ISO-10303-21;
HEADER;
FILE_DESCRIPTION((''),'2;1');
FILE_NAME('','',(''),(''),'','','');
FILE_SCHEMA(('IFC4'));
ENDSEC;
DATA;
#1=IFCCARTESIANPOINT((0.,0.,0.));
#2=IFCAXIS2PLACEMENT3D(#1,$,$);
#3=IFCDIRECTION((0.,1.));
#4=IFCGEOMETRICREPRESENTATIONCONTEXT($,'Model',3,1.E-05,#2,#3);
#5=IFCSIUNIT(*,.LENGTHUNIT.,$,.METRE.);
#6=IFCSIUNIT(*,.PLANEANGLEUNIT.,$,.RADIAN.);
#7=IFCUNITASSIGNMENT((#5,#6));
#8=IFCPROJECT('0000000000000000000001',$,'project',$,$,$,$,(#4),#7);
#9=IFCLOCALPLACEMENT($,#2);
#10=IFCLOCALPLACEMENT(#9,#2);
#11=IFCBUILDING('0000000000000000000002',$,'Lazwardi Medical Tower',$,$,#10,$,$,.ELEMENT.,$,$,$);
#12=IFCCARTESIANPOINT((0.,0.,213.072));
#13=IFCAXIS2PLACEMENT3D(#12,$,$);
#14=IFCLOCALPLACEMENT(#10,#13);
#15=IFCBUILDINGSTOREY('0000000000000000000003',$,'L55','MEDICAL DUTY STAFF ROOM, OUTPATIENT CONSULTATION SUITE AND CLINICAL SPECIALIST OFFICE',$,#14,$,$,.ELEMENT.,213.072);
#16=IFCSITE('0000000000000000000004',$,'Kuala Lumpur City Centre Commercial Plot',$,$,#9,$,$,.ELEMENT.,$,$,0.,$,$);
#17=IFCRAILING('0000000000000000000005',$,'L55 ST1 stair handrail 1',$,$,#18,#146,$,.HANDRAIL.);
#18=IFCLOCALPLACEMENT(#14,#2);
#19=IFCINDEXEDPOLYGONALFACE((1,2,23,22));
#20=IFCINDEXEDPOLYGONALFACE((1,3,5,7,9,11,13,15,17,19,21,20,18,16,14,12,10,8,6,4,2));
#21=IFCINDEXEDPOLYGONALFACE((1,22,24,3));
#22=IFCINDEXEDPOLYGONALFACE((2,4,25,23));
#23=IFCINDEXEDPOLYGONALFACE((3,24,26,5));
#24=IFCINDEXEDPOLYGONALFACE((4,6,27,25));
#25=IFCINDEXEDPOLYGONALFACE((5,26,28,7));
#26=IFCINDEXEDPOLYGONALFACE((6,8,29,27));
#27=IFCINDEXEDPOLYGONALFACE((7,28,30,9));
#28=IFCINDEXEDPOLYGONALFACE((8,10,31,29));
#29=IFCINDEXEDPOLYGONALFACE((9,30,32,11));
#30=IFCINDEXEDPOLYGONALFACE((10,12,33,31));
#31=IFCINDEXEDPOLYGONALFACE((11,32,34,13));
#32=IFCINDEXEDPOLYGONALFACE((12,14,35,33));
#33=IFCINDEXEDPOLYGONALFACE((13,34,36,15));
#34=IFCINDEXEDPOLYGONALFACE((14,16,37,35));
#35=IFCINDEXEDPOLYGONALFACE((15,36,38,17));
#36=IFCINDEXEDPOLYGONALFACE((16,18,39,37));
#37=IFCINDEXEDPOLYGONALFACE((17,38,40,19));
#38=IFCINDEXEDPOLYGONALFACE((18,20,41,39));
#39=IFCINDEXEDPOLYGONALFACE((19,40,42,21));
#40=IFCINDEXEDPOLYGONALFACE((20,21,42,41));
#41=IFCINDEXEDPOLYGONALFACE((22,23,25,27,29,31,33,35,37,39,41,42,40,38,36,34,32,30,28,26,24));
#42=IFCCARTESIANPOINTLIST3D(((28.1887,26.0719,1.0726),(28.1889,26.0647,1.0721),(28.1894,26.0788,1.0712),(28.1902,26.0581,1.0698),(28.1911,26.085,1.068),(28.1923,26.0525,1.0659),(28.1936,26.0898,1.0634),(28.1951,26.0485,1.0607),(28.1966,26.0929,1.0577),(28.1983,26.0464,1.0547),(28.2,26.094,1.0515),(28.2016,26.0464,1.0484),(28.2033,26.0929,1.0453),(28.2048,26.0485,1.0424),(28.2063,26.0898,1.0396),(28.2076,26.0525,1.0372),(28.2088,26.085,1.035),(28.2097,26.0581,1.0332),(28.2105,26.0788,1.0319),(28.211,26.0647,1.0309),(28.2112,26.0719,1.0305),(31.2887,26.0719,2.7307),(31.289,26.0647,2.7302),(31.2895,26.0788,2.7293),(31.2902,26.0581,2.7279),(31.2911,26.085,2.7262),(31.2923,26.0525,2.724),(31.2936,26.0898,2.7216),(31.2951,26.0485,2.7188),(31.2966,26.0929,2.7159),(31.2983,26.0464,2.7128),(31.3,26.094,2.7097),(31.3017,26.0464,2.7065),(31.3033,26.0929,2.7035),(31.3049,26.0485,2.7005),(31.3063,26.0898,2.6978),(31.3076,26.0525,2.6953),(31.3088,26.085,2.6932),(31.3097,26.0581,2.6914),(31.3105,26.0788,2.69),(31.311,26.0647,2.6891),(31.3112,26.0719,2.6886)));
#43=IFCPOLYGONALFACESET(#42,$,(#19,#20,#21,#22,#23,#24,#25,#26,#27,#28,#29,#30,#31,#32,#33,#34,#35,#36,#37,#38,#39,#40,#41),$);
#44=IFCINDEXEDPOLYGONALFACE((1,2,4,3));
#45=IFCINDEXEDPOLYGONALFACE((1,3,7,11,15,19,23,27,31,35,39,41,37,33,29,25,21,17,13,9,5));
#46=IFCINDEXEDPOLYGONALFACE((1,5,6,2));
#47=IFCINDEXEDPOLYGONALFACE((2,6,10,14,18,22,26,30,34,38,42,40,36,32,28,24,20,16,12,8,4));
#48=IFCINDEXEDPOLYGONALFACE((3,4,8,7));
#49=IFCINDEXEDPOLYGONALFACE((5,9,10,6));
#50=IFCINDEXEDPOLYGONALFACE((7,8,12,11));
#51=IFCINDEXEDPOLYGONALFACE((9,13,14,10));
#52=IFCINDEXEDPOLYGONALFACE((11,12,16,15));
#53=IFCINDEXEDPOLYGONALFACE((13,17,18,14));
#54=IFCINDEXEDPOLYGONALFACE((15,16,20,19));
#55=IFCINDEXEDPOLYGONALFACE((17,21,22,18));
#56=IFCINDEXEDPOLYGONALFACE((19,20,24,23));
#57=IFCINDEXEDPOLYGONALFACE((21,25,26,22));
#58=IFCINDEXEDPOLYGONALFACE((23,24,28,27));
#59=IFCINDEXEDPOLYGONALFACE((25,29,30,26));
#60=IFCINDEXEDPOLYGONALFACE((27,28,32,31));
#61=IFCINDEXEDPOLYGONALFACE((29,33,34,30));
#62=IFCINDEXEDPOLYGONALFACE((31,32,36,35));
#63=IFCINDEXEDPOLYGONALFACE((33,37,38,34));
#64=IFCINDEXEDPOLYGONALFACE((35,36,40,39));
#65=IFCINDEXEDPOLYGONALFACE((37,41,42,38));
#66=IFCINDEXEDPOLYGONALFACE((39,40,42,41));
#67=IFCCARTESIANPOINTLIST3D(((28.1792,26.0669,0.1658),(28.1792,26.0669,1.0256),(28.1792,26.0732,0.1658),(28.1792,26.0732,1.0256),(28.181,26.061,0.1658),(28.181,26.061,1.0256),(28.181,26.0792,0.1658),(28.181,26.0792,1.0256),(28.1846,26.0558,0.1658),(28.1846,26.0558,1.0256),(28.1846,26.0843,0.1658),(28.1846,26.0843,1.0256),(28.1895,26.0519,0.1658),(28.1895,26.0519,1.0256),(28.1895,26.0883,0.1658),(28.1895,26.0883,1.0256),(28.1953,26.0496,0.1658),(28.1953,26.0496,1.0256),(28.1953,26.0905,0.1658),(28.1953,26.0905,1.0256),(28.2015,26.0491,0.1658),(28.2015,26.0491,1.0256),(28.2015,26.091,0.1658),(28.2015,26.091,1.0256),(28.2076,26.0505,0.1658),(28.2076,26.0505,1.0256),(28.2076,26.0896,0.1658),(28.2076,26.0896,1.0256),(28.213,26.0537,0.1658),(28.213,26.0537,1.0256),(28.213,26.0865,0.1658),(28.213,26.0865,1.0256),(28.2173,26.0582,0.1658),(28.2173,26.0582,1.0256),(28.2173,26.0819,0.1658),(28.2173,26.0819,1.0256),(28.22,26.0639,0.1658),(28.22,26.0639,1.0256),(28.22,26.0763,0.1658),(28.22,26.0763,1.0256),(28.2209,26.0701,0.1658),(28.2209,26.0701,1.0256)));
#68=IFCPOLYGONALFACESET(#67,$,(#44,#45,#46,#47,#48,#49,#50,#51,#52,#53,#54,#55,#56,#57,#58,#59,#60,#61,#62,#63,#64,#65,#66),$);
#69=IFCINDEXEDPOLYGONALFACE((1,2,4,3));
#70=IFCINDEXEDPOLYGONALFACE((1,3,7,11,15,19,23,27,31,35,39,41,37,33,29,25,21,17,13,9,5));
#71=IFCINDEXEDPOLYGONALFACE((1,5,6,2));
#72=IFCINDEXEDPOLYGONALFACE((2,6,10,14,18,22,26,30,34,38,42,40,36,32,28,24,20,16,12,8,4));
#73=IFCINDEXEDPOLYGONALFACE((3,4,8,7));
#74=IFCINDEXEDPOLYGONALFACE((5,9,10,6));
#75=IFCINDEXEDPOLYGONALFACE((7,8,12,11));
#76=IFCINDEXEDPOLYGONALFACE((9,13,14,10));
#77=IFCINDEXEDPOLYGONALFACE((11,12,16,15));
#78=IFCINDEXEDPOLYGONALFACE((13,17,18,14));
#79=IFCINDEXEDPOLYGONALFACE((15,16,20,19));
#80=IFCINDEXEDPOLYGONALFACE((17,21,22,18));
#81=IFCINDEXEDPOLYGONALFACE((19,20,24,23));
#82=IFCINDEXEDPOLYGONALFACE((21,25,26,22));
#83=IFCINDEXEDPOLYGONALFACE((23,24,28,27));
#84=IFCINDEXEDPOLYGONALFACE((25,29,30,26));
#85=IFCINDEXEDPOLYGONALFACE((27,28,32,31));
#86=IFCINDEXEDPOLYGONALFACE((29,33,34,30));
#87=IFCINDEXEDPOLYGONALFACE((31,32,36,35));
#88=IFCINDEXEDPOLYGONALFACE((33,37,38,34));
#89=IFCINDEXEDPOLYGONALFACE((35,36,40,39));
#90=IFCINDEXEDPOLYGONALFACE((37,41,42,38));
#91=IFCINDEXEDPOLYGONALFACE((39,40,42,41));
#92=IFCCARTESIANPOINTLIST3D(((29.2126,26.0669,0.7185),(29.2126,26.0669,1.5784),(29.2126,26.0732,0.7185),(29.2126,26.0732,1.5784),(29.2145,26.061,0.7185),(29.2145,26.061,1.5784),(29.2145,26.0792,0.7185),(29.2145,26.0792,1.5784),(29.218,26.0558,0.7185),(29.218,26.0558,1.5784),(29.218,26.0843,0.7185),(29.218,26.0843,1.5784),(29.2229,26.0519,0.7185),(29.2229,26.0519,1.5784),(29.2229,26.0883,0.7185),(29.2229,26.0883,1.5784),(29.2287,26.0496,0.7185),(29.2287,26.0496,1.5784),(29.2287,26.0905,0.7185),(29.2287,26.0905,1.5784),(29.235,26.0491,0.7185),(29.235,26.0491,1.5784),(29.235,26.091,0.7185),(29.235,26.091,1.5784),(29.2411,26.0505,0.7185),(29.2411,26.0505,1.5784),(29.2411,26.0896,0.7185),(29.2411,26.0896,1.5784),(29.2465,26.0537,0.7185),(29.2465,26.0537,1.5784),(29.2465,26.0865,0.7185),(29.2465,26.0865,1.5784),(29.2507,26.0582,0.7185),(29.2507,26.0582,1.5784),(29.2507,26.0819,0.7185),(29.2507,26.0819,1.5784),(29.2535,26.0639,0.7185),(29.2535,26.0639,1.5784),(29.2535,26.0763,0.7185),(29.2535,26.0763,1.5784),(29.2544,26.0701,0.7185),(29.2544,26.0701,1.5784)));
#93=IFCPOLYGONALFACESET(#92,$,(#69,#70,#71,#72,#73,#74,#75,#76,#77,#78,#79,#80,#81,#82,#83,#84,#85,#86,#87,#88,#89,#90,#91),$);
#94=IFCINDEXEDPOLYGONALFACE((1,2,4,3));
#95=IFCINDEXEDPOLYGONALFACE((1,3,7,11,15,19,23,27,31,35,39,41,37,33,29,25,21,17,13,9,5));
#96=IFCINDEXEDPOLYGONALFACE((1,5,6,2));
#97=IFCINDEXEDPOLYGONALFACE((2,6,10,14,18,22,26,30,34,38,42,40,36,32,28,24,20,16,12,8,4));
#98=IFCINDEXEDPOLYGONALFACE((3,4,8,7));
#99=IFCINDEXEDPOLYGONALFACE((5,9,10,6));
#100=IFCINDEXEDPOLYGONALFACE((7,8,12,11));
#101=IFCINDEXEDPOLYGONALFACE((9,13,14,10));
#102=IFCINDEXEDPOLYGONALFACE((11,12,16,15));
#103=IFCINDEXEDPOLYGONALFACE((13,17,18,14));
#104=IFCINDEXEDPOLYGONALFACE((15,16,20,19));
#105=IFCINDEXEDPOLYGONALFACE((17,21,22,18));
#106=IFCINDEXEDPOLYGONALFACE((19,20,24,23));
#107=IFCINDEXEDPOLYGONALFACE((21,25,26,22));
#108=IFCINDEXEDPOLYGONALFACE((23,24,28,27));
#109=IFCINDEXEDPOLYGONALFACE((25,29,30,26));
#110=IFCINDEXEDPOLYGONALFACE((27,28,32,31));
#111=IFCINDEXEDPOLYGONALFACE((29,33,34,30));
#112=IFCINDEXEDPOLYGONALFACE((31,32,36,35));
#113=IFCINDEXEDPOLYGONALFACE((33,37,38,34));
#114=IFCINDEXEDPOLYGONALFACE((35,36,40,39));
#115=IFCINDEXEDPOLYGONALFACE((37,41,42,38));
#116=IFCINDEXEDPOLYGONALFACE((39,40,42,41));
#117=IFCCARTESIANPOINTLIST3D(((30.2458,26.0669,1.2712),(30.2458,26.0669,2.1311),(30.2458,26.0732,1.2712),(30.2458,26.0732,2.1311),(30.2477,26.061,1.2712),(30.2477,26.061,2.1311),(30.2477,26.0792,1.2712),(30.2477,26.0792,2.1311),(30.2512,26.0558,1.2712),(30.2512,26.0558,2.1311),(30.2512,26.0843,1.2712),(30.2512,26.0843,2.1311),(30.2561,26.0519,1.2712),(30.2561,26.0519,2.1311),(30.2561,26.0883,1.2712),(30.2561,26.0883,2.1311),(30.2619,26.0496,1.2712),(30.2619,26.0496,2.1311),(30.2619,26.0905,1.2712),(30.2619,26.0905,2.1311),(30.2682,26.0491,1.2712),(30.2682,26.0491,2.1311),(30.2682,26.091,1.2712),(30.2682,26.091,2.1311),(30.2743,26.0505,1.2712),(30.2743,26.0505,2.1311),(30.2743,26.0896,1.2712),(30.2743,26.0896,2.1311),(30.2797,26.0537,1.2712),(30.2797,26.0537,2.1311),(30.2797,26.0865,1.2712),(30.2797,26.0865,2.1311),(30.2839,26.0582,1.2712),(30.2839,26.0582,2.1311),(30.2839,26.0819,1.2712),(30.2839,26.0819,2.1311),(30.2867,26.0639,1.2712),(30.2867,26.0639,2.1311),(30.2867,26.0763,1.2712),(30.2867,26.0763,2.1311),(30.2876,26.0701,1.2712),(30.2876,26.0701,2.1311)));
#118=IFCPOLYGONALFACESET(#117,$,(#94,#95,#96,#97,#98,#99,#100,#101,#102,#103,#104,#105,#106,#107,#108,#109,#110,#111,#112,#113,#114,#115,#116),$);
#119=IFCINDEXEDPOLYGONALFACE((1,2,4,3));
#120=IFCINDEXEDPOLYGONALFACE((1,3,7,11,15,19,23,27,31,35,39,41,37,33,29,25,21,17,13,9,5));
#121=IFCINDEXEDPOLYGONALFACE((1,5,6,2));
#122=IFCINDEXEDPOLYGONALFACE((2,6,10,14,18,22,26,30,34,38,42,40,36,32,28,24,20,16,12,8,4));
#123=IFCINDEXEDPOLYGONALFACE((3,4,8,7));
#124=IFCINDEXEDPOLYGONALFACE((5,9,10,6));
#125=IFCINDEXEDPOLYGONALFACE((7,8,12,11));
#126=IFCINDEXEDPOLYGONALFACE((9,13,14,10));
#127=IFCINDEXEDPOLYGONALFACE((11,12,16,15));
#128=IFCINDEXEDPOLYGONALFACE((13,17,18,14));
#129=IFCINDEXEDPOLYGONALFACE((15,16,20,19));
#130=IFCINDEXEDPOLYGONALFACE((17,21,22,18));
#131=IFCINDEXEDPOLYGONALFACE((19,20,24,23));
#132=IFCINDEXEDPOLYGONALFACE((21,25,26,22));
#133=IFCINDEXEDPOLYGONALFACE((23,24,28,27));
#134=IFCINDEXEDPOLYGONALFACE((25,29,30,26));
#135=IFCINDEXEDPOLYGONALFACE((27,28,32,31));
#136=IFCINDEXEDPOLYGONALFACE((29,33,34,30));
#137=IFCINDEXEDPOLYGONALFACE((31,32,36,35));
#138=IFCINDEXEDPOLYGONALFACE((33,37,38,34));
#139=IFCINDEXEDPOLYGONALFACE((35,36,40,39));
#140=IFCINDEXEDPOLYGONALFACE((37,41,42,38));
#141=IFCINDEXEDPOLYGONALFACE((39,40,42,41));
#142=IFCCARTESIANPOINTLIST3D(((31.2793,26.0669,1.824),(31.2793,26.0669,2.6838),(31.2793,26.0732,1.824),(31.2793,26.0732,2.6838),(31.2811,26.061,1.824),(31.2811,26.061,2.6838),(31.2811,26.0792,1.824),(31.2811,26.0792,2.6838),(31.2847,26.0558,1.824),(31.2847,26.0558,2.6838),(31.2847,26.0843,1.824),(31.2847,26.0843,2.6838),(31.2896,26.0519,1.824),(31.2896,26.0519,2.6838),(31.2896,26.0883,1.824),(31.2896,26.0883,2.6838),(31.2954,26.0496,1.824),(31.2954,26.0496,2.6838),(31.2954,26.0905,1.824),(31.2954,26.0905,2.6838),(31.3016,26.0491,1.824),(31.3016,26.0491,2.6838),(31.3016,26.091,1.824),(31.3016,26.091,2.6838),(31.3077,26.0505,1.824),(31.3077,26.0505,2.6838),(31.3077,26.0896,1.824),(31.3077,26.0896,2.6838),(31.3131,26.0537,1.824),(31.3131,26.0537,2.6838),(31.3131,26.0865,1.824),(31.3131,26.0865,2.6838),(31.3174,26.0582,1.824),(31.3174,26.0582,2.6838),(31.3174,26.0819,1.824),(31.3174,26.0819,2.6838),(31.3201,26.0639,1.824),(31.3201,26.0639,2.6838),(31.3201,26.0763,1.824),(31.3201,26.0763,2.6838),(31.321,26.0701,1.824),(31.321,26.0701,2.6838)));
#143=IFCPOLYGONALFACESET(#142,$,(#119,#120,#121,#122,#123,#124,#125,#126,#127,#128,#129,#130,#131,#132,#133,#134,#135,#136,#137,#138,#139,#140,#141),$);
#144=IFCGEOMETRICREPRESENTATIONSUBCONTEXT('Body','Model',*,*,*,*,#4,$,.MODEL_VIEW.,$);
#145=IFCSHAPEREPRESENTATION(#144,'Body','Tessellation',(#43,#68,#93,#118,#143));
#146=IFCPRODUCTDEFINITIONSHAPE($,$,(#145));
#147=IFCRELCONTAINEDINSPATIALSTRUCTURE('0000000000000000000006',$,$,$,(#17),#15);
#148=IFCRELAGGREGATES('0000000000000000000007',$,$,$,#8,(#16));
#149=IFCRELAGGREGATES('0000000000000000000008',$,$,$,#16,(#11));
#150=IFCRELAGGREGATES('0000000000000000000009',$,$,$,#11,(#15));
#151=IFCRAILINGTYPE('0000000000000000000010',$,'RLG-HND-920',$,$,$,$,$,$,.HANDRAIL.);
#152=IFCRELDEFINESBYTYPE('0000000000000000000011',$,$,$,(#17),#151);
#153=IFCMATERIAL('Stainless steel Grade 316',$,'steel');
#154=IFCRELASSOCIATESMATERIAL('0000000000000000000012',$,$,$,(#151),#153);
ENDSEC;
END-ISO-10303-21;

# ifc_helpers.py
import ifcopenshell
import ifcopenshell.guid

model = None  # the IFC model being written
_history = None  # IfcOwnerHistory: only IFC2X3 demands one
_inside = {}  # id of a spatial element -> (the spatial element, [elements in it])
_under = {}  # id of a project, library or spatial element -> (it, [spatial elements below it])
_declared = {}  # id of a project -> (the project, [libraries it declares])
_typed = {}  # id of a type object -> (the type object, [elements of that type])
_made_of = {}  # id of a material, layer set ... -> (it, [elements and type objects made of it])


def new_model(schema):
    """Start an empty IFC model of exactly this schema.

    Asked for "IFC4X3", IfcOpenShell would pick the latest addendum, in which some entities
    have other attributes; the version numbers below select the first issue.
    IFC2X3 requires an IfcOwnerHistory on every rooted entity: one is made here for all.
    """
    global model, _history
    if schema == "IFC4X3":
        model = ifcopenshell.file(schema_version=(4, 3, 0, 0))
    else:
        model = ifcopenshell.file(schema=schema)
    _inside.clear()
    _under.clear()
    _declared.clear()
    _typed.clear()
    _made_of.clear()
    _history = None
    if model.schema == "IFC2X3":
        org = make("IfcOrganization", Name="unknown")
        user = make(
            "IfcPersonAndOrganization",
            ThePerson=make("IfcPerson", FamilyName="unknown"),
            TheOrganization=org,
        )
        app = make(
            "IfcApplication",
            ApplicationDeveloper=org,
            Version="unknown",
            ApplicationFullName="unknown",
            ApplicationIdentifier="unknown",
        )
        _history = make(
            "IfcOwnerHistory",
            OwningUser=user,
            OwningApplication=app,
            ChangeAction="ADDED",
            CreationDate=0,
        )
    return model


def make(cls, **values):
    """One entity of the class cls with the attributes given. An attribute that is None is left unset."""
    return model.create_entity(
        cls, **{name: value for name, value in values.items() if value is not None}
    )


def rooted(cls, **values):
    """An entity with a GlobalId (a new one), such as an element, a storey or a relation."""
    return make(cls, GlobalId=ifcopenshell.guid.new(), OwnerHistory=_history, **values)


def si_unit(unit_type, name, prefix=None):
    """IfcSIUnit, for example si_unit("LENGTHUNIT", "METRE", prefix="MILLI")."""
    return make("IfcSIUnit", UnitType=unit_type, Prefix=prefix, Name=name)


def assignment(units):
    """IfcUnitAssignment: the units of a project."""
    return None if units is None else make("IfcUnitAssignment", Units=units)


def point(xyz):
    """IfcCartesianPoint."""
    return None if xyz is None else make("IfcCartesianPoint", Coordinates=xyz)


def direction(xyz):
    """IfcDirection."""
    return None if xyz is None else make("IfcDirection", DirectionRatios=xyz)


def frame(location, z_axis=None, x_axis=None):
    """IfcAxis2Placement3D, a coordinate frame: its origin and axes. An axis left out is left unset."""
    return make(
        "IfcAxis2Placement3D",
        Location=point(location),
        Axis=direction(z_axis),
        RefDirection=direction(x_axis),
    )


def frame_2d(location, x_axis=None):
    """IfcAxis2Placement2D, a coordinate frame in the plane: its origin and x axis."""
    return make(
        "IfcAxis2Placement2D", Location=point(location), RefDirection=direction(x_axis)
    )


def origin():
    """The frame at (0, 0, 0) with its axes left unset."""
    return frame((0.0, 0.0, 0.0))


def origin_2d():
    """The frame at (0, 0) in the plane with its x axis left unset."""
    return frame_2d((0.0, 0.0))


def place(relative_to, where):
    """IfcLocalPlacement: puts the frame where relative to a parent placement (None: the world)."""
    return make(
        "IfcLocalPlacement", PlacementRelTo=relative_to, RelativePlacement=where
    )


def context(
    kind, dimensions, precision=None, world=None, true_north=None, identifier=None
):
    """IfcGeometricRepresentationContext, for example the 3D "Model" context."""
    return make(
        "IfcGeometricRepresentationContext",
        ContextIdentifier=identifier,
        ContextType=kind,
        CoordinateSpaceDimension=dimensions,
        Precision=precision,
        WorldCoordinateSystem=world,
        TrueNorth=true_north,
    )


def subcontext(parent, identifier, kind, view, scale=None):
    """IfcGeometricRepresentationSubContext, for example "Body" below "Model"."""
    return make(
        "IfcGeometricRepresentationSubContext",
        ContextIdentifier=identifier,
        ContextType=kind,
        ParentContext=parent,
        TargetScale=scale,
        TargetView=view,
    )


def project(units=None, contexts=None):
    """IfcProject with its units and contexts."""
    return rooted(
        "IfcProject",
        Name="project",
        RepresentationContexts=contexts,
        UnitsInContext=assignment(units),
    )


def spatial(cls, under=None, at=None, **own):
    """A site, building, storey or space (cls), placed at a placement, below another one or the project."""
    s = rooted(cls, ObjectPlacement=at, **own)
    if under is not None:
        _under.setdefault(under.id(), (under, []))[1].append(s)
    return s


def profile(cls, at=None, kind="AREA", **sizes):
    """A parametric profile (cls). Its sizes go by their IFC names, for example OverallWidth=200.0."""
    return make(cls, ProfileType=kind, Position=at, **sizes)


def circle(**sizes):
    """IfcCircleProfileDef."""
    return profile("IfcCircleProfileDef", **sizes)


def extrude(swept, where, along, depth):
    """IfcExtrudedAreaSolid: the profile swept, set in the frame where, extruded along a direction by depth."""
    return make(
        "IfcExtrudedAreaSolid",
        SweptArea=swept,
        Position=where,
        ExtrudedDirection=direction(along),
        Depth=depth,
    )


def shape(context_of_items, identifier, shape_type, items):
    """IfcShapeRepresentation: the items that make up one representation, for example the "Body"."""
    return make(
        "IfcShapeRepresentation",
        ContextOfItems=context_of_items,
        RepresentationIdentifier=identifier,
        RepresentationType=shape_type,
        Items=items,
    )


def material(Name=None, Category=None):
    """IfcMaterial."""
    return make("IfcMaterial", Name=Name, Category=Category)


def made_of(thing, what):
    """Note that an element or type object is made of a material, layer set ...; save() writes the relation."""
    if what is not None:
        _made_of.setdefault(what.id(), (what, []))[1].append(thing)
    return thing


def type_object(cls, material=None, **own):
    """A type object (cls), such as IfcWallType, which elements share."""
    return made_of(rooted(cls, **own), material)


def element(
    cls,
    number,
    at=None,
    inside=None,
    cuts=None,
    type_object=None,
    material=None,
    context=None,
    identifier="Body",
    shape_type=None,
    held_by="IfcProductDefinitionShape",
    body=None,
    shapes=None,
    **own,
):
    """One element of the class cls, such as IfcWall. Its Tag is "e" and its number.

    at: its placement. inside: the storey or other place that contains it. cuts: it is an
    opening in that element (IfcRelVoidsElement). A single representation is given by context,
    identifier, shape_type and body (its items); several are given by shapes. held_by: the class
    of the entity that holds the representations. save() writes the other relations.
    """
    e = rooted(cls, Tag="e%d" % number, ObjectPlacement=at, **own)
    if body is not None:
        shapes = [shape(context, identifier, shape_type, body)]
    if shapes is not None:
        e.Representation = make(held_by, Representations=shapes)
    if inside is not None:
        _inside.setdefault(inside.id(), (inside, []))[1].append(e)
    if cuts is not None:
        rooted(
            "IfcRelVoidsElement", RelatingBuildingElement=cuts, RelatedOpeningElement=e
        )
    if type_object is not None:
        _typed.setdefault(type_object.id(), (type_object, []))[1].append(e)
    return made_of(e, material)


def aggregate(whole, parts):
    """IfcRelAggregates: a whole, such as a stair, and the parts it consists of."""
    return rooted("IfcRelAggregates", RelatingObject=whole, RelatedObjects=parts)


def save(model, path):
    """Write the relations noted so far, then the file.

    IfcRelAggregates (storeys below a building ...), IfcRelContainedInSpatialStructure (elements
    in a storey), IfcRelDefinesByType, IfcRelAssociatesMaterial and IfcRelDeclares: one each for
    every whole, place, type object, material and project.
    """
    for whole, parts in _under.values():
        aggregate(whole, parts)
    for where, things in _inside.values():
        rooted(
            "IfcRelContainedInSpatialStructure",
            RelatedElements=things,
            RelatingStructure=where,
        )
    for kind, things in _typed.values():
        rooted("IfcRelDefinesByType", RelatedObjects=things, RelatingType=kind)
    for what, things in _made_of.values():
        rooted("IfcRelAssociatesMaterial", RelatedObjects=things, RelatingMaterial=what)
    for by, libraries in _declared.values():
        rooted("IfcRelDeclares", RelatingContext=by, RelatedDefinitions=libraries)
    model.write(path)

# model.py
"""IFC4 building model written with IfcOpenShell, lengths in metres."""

from ifc_helpers import new_model, si_unit, direction, frame, origin, origin_2d, place, context, subcontext, project, spatial, circle, extrude, material, type_object, element, save


model = new_model("IFC4")

# Units and contexts
model_context = context("Model", 3, precision=1e-05, world=origin(), true_north=direction((0.0, 1.0)))
body_context = subcontext(model_context, "Body", "Model", "MODEL_VIEW")
ifc_project = project(units=[si_unit("LENGTHUNIT", "METRE"), si_unit("PLANEANGLEUNIT", "RADIAN")], contexts=[model_context])

# Site, building, storey
site_placement = place(None, origin())
site = spatial("IfcSite", under=ifc_project, at=site_placement, Name="Kuala Lumpur City Centre Commercial Plot", CompositionType="ELEMENT", RefElevation=0.0)
building_placement = place(site_placement, origin())
building = spatial("IfcBuilding", under=site, at=building_placement, Name="Lazwardi Medical Tower", CompositionType="ELEMENT")
storey_placement = place(building_placement, frame((0.0, 0.0, 213.072)))
storey = spatial("IfcBuildingStorey", under=building, at=storey_placement, Name="L55", Description="MEDICAL DUTY STAFF ROOM, OUTPATIENT CONSULTATION SUITE AND CLINICAL SPECIALIST OFFICE", CompositionType="ELEMENT", Elevation=213.072)

# Railing
ifc_material_1 = material(Name="Stainless steel Grade 316", Category="steel")
railing_type_1 = type_object("IfcRailingType", Name="RLG-HND-920", PredefinedType="HANDRAIL", material=ifc_material_1)
railing_1_placement = place(storey_placement, frame((28.2, 26.0701, 0.1658)))
element("IfcRailing", 1, at=railing_1_placement, inside=storey, type_object=railing_type_1, Name="L55 ST1 stair handrail 1", PredefinedType="HANDRAIL", context=body_context, shape_type="SweptSolid", body=[
    extrude(circle(Radius=0.0239, at=origin_2d()), frame((0.0, 0.0, 0.8857), z_axis=(0.881783, 0.0, 0.471655), x_axis=(0.0, 1.0, 0.0)), (0.0, 0.0, 1.0), 3.5156),
    extrude(circle(Radius=0.021, at=origin_2d()), origin(), (0.0, 0.0, 1.0), 0.8599),
    extrude(circle(Radius=0.021, at=origin_2d()), frame((1.0334, 0.0, 0.5527)), (0.0, 0.0, 1.0), 0.8599),
    extrude(circle(Radius=0.021, at=origin_2d()), frame((2.0667, 0.0, 1.1055)), (0.0, 0.0, 1.0), 0.8599),
    extrude(circle(Radius=0.021, at=origin_2d()), frame((3.1001, 0.0, 1.6582)), (0.0, 0.0, 1.0), 0.8599),
])

save(model, "model.ifc")
